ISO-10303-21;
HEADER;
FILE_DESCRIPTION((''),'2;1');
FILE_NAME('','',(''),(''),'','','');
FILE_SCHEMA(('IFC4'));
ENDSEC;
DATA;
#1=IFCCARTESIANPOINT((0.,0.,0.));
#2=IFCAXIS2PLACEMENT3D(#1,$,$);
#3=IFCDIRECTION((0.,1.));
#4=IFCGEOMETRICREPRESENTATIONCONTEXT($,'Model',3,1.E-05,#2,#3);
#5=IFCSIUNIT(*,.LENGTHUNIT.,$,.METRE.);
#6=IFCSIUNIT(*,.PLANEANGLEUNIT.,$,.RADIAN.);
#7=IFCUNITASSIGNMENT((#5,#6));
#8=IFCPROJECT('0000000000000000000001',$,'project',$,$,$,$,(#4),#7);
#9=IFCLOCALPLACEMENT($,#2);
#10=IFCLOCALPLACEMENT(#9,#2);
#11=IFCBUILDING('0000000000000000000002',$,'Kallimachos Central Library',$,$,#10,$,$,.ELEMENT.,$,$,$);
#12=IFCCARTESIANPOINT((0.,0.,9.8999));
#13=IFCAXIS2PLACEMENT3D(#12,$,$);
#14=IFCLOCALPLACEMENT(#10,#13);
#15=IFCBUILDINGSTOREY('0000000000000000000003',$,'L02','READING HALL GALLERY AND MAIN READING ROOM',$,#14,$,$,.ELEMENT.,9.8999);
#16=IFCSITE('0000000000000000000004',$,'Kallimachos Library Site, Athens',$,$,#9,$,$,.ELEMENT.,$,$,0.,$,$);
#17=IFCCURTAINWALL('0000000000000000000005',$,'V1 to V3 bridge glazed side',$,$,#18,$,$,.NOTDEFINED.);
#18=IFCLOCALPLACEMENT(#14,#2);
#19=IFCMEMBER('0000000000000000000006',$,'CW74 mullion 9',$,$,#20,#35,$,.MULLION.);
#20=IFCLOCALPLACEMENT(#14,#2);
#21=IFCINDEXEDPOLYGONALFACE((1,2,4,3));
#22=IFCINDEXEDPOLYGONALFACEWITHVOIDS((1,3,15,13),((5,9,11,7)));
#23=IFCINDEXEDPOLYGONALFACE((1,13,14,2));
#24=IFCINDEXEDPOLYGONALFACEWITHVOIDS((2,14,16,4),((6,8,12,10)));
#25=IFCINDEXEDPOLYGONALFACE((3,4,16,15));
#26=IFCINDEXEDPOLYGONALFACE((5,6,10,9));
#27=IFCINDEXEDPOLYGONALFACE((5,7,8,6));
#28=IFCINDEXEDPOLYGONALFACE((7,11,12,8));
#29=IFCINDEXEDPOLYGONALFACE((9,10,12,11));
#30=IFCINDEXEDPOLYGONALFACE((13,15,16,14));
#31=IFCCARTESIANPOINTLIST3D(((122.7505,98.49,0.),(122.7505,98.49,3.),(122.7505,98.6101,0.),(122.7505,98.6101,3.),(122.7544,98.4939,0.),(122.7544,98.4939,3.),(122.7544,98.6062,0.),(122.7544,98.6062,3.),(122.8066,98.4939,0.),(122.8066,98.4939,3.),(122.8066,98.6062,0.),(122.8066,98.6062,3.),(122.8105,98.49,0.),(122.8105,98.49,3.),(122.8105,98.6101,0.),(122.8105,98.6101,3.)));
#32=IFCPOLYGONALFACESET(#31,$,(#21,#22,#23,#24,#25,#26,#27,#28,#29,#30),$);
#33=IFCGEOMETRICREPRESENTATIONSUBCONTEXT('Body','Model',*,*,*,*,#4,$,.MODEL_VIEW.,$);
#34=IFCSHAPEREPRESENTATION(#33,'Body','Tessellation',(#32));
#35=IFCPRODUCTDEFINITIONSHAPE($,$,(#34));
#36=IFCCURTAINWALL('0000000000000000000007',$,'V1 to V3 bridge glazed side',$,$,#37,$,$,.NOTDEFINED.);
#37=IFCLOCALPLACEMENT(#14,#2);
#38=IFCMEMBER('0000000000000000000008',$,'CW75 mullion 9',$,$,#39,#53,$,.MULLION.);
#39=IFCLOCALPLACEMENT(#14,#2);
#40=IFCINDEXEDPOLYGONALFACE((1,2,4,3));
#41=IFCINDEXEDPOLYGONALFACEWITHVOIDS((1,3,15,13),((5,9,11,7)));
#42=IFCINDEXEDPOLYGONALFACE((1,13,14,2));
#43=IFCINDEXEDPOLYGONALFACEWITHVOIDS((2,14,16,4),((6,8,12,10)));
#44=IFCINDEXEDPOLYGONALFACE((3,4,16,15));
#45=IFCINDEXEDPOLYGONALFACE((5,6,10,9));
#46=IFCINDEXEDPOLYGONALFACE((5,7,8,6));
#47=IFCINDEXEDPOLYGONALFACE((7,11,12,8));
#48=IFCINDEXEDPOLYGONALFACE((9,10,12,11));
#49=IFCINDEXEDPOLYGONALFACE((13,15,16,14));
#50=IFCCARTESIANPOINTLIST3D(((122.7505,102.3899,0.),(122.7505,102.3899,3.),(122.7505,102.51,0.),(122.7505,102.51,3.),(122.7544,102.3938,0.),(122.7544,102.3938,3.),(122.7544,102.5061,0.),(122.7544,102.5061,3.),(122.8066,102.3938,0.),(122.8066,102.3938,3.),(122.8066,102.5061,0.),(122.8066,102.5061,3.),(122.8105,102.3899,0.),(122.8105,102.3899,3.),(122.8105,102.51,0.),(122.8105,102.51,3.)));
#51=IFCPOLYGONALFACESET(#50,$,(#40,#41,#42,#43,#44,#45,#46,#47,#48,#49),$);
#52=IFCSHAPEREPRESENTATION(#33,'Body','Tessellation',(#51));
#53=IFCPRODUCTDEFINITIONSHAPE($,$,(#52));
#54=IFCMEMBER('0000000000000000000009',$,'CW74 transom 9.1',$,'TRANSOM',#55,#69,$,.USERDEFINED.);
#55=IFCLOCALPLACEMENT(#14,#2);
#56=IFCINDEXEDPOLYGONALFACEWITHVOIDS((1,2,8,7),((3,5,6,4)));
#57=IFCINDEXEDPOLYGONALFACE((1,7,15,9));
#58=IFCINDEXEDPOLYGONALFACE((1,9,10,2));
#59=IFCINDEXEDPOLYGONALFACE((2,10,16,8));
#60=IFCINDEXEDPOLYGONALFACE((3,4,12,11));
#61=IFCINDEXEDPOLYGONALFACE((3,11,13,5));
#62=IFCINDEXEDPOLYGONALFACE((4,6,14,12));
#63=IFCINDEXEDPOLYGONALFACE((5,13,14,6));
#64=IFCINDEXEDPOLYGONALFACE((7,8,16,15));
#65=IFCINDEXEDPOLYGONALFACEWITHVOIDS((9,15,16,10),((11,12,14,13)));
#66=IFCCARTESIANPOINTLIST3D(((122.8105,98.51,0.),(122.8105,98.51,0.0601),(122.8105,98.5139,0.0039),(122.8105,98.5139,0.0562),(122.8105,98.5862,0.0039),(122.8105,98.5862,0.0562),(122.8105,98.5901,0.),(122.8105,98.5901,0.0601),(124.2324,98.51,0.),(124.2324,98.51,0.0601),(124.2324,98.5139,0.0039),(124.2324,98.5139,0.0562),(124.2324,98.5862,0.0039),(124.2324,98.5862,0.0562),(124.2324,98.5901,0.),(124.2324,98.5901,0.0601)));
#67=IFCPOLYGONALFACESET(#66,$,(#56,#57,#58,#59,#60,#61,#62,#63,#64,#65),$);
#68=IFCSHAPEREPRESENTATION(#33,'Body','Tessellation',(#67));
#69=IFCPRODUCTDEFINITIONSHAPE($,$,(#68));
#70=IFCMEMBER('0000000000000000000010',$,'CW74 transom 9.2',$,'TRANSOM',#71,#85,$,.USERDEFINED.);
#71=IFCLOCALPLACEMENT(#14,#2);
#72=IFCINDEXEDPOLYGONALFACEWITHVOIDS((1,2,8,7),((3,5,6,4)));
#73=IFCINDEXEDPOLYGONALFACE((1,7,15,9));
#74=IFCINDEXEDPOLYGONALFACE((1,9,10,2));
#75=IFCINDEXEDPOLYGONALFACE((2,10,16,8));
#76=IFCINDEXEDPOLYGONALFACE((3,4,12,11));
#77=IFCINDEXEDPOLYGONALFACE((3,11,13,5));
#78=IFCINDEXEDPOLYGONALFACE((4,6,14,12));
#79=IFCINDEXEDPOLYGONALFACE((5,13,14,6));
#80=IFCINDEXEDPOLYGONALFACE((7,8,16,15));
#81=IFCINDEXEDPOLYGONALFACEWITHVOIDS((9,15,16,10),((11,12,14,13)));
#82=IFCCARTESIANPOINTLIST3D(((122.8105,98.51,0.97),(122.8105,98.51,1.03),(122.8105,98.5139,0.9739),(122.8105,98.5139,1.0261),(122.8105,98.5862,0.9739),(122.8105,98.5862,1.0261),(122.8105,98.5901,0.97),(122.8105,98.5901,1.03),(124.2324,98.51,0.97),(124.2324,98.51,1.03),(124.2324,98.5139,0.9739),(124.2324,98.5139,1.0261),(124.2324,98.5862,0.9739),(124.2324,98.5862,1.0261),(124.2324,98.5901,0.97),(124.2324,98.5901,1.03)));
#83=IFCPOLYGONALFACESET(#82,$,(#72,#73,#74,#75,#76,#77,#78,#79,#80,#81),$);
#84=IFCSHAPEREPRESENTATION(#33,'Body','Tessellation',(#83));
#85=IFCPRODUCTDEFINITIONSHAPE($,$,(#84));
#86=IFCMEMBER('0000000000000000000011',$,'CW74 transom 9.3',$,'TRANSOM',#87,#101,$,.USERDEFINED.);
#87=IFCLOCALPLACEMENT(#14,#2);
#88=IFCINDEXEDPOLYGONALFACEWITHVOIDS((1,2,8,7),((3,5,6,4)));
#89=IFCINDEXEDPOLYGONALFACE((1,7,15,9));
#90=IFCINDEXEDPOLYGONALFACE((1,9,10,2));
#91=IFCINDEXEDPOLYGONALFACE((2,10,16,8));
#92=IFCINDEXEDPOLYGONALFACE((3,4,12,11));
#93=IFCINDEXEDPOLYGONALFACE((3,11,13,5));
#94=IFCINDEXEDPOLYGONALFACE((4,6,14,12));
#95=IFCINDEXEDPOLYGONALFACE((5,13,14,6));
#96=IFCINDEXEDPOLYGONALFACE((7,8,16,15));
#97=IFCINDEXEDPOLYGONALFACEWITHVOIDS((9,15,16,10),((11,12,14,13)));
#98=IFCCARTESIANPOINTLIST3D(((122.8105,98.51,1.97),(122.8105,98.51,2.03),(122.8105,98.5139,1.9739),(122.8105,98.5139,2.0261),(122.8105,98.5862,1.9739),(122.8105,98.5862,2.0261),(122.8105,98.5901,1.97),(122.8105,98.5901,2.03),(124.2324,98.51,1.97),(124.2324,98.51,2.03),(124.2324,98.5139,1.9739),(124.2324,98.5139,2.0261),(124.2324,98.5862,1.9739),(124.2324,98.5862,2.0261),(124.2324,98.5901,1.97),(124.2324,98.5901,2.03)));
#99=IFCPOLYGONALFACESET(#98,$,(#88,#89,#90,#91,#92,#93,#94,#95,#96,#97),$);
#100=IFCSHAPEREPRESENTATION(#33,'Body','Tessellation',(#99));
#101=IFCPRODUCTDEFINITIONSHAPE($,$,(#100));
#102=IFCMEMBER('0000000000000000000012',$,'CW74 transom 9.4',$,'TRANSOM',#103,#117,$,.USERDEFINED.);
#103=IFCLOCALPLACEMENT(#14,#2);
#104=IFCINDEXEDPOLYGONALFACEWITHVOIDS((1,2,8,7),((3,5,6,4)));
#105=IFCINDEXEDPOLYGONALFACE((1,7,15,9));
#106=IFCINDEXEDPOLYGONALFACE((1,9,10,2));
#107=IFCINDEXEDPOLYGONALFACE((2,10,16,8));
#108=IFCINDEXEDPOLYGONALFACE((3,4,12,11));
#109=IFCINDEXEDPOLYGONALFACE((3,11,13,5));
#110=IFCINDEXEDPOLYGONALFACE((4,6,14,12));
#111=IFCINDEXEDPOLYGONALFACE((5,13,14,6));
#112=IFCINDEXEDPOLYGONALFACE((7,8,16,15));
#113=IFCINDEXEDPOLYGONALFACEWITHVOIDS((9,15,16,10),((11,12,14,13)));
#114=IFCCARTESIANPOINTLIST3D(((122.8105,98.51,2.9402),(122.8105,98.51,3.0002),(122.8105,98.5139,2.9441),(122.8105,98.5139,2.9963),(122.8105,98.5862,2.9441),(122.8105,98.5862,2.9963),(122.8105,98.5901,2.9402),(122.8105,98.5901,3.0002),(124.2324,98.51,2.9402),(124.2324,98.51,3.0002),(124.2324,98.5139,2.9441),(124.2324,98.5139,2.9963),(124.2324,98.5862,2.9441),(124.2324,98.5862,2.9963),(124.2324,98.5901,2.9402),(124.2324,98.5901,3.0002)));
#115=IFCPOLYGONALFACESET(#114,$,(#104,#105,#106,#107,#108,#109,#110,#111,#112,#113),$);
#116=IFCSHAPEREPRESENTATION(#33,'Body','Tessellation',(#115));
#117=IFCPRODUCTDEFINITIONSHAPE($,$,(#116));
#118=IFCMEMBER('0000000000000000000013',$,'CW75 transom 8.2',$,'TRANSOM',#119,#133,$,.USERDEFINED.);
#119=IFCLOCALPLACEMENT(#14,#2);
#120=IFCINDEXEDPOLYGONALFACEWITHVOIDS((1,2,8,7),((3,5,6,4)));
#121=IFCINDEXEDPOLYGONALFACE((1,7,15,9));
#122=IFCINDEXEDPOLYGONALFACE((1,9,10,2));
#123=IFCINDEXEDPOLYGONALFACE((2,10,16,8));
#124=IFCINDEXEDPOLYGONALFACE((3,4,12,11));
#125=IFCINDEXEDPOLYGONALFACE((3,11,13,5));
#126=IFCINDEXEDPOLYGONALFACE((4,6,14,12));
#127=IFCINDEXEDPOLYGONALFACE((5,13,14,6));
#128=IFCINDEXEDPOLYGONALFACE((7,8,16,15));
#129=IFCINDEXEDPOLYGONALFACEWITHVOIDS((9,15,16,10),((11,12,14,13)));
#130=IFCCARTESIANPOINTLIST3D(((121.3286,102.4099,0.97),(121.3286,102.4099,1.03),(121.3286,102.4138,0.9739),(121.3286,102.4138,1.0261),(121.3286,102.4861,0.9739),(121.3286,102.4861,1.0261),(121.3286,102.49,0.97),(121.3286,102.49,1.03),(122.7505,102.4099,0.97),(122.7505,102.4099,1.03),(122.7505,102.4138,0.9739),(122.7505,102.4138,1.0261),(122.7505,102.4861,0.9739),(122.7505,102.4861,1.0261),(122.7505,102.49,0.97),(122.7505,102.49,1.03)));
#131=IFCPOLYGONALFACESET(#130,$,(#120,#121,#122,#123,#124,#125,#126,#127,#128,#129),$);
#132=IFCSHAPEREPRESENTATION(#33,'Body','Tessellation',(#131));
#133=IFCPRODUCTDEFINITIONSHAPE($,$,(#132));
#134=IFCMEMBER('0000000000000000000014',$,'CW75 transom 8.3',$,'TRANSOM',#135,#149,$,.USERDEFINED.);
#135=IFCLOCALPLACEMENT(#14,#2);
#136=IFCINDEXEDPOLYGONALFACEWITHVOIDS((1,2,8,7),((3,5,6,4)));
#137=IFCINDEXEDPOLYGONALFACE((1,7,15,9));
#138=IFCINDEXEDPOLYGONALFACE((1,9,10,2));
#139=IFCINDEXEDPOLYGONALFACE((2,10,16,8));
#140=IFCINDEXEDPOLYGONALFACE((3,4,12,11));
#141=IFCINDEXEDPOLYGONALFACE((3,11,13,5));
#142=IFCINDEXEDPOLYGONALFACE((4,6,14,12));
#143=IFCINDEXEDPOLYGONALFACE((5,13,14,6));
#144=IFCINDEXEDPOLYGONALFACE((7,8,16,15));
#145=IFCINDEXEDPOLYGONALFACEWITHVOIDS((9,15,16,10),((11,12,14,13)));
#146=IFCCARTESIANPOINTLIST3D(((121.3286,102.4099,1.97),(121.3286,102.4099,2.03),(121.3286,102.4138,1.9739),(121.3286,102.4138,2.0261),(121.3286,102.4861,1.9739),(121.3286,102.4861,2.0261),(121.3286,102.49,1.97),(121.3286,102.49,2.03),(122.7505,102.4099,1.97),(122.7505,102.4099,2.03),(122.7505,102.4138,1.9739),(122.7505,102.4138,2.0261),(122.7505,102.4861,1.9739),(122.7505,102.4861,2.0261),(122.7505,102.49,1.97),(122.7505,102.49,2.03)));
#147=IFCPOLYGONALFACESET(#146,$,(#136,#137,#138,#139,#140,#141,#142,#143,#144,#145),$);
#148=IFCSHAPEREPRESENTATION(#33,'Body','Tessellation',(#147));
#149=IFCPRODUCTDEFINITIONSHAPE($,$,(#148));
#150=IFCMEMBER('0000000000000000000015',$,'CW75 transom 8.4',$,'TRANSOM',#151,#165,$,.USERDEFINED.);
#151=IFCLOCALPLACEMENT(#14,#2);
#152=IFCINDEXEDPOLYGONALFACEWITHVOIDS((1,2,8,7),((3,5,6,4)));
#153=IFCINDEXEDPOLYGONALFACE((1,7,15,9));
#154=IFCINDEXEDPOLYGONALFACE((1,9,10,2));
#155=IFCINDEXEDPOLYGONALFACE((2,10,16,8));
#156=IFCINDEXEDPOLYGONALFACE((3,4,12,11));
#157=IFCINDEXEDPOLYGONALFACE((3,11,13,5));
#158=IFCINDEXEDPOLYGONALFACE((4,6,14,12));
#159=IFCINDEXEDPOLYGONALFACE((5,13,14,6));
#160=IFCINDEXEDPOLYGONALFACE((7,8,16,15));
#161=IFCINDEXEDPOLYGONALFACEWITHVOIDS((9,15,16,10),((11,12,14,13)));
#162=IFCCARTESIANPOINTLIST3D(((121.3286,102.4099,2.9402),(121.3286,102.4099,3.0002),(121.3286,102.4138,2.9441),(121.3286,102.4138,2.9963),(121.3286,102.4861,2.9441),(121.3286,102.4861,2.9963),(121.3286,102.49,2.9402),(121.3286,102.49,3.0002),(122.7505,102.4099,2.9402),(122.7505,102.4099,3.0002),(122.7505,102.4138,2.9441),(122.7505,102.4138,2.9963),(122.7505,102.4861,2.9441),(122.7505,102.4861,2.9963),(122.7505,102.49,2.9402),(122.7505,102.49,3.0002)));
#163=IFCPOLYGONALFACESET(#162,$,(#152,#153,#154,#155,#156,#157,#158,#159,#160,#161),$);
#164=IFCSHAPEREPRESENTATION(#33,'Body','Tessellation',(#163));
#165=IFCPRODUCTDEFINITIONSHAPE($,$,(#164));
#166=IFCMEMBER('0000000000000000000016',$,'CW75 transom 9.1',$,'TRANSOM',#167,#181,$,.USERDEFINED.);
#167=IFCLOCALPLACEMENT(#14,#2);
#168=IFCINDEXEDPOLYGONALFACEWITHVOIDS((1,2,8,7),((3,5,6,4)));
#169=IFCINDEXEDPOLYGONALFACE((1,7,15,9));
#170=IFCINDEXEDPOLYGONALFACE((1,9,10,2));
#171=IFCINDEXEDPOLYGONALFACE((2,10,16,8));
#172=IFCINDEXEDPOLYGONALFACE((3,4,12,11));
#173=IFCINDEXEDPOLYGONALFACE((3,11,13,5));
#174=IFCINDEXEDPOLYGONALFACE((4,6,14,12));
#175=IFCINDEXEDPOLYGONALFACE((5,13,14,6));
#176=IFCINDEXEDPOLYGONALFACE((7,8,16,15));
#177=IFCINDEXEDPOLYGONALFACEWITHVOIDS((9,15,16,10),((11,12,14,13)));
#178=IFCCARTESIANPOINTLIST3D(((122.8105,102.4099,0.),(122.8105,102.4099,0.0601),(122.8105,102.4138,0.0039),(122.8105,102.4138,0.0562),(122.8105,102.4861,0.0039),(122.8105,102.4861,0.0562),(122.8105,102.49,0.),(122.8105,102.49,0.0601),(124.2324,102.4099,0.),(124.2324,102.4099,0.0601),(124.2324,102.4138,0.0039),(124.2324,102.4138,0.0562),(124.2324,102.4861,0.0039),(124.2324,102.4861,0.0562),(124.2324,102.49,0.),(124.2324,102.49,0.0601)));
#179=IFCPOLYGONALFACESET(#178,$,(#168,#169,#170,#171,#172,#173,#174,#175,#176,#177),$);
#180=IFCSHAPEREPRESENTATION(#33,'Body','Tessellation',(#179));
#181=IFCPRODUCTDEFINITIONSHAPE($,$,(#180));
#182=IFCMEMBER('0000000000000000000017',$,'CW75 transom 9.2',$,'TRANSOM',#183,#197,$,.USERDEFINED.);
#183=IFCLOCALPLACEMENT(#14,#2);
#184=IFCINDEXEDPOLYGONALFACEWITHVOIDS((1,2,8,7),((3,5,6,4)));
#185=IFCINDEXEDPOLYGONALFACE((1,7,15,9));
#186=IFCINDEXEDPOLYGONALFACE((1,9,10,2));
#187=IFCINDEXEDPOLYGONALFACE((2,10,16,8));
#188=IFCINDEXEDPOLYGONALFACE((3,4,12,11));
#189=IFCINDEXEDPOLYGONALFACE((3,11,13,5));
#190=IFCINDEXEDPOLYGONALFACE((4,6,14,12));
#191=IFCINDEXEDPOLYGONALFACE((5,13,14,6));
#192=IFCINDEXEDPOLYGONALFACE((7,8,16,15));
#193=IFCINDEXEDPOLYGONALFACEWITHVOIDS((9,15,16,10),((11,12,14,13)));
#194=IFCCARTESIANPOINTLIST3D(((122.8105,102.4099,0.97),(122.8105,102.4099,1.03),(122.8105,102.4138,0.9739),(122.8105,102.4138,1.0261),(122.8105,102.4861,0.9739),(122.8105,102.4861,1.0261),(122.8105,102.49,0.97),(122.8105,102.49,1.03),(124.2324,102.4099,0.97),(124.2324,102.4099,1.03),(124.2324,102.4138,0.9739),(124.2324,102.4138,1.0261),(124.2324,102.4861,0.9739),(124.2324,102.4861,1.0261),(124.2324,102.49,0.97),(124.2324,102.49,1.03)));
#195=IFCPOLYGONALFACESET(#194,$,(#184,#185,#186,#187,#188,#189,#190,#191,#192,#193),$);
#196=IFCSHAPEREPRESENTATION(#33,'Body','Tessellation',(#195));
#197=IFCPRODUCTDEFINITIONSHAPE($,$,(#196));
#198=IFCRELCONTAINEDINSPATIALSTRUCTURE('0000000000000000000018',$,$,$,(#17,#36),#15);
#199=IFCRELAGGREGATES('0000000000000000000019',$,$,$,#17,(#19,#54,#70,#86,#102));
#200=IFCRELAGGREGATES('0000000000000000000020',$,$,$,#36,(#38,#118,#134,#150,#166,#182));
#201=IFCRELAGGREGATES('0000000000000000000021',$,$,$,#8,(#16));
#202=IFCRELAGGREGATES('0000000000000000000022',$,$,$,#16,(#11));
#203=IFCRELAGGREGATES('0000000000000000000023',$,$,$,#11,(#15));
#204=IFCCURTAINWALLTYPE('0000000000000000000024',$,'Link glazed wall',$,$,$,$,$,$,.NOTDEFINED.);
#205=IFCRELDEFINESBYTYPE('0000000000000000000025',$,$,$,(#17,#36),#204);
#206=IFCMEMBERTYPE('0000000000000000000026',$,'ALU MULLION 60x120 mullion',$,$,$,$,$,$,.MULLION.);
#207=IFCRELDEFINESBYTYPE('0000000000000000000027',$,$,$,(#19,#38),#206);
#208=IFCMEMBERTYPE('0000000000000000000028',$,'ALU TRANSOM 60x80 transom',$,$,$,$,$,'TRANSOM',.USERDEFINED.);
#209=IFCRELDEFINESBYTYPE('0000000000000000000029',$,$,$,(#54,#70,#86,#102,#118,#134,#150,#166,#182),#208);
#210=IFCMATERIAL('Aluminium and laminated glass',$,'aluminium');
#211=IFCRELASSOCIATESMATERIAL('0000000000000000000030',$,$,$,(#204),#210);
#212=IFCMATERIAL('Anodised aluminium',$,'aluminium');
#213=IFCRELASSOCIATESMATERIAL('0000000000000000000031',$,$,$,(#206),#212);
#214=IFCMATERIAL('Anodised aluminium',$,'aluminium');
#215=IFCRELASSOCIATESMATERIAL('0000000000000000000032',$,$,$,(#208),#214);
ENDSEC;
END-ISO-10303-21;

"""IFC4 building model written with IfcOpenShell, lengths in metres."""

from ifc_helpers import new_model, si_unit, direction, frame, origin, origin_2d, place, context, subcontext, project, spatial, hollow_rectangle, extrude, material, material_profile, profile_set, type_object, element, aggregate, save


model = new_model("IFC4")

# Units and contexts
model_context = context("Model", 3, precision=1e-05, world=origin(), true_north=direction((0.0, 1.0)))
body_context = subcontext(model_context, "Body", "Model", "MODEL_VIEW")
ifc_project = project(units=[si_unit("LENGTHUNIT", "METRE"), si_unit("PLANEANGLEUNIT", "RADIAN")], contexts=[model_context])

# Site, building, storey
site_placement = place(None, origin())
site = spatial("IfcSite", under=ifc_project, at=site_placement, Name="Kallimachos Library Site, Athens", CompositionType="ELEMENT", RefElevation=0.0)
building_placement = place(site_placement, origin())
building = spatial("IfcBuilding", under=site, at=building_placement, Name="Kallimachos Central Library", CompositionType="ELEMENT")
storey_placement = place(building_placement, frame((0.0, 0.0, 9.8999)))
storey = spatial("IfcBuildingStorey", under=building, at=storey_placement, Name="L02", Description="READING HALL GALLERY AND MAIN READING ROOM", CompositionType="ELEMENT", Elevation=9.8999)

# Curtain walls, members
ifc_material_1 = material(Name="Aluminium and laminated glass", Category="aluminium")
curtain_wall_type = type_object("IfcCurtainWallType", Name="Link glazed wall", PredefinedType="NOTDEFINED", material=ifc_material_1)
curtain_wall_1_placement = place(storey_placement, origin())
curtain_wall_1 = element("IfcCurtainWall", 1, at=curtain_wall_1_placement, inside=storey, type_object=curtain_wall_type, Name="V1 to V3 bridge glazed side", PredefinedType="NOTDEFINED")
ifc_material_2 = material(Name="Anodised aluminium", Category="aluminium")
ifc_material_profile_1 = material_profile(ifc_material_2, hollow_rectangle(XDim=0.0601, YDim=0.1201, WallThickness=0.0039, at=origin_2d()), Name="ALU MULLION 60x120")
ifc_profile_set_1 = profile_set([ifc_material_profile_1], Name="Anodised aluminium")
member_type_1 = type_object("IfcMemberType", Name="ALU MULLION 60x120 mullion", PredefinedType="MULLION", material=ifc_profile_set_1)
member_1_placement = place(storey_placement, frame((122.7805, 98.55, 0.0), z_axis=(0.0, 0.0, 1.0), x_axis=(1.0, 0.0, 0.0)))
member_1 = element("IfcMember", 2, at=member_1_placement, type_object=member_type_1, Name="CW74 mullion 9", PredefinedType="MULLION", context=body_context, shape_type="SweptSolid", body=[
    extrude(hollow_rectangle(XDim=0.0601, YDim=0.1201, WallThickness=0.0039, at=origin_2d()), origin(), (0.0, 0.0, 1.0), 3.0),
])
curtain_wall_2_placement = place(storey_placement, origin())
curtain_wall_2 = element("IfcCurtainWall", 3, at=curtain_wall_2_placement, inside=storey, type_object=curtain_wall_type, Name="V1 to V3 bridge glazed side", PredefinedType="NOTDEFINED")
member_2_placement = place(storey_placement, frame((122.7805, 102.45, 0.0), z_axis=(0.0, 0.0, 1.0), x_axis=(1.0, 0.0, 0.0)))
member_2 = element("IfcMember", 4, at=member_2_placement, type_object=member_type_1, Name="CW75 mullion 9", PredefinedType="MULLION", context=body_context, shape_type="SweptSolid", body=[
    extrude(hollow_rectangle(XDim=0.0601, YDim=0.1201, WallThickness=0.0039, at=origin_2d()), origin(), (0.0, 0.0, 1.0), 3.0),
])

# Members
ifc_material_3 = material(Name="Anodised aluminium", Category="aluminium")
ifc_material_profile_2 = material_profile(ifc_material_3, hollow_rectangle(XDim=0.0601, YDim=0.0801, WallThickness=0.0039, at=origin_2d()), Name="ALU TRANSOM 60x80")
ifc_profile_set_2 = profile_set([ifc_material_profile_2], Name="Anodised aluminium")
member_type_2 = type_object("IfcMemberType", Name="ALU TRANSOM 60x80 transom", ElementType="TRANSOM", PredefinedType="USERDEFINED", material=ifc_profile_set_2)
member_3_placement = place(storey_placement, frame((122.8105, 98.55, 0.03), z_axis=(1.0, 0.0, 0.0), x_axis=(0.0, 0.0, 1.0)))
member_3 = element("IfcMember", 5, at=member_3_placement, type_object=member_type_2, Name="CW74 transom 9.1", ObjectType="TRANSOM", PredefinedType="USERDEFINED", context=body_context, shape_type="SweptSolid", body=[
    extrude(hollow_rectangle(XDim=0.0601, YDim=0.0801, WallThickness=0.0039, at=origin_2d()), origin(), (0.0, 0.0, 1.0), 1.4219),
])
member_4_placement = place(storey_placement, frame((122.8105, 98.55, 1.0), z_axis=(1.0, 0.0, 0.0), x_axis=(0.0, 0.0, 1.0)))
member_4 = element("IfcMember", 6, at=member_4_placement, type_object=member_type_2, Name="CW74 transom 9.2", ObjectType="TRANSOM", PredefinedType="USERDEFINED", context=body_context, shape_type="SweptSolid", body=[
    extrude(hollow_rectangle(XDim=0.0601, YDim=0.0801, WallThickness=0.0039, at=origin_2d()), origin(), (0.0, 0.0, 1.0), 1.4219),
])
member_5_placement = place(storey_placement, frame((122.8105, 98.55, 2.0), z_axis=(1.0, 0.0, 0.0), x_axis=(0.0, 0.0, 1.0)))
member_5 = element("IfcMember", 7, at=member_5_placement, type_object=member_type_2, Name="CW74 transom 9.3", ObjectType="TRANSOM", PredefinedType="USERDEFINED", context=body_context, shape_type="SweptSolid", body=[
    extrude(hollow_rectangle(XDim=0.0601, YDim=0.0801, WallThickness=0.0039, at=origin_2d()), origin(), (0.0, 0.0, 1.0), 1.4219),
])
member_6_placement = place(storey_placement, frame((122.8105, 98.55, 2.9702), z_axis=(1.0, 0.0, 0.0), x_axis=(0.0, 0.0, 1.0)))
member_6 = element("IfcMember", 8, at=member_6_placement, type_object=member_type_2, Name="CW74 transom 9.4", ObjectType="TRANSOM", PredefinedType="USERDEFINED", context=body_context, shape_type="SweptSolid", body=[
    extrude(hollow_rectangle(XDim=0.0601, YDim=0.0801, WallThickness=0.0039, at=origin_2d()), origin(), (0.0, 0.0, 1.0), 1.4219),
])
member_7_placement = place(storey_placement, frame((121.3286, 102.45, 1.0), z_axis=(1.0, 0.0, 0.0), x_axis=(0.0, 0.0, 1.0)))
member_7 = element("IfcMember", 9, at=member_7_placement, type_object=member_type_2, Name="CW75 transom 8.2", ObjectType="TRANSOM", PredefinedType="USERDEFINED", context=body_context, shape_type="SweptSolid", body=[
    extrude(hollow_rectangle(XDim=0.0601, YDim=0.0801, WallThickness=0.0039, at=origin_2d()), origin(), (0.0, 0.0, 1.0), 1.4219),
])
member_8_placement = place(storey_placement, frame((121.3286, 102.45, 2.0), z_axis=(1.0, 0.0, 0.0), x_axis=(0.0, 0.0, 1.0)))
member_8 = element("IfcMember", 10, at=member_8_placement, type_object=member_type_2, Name="CW75 transom 8.3", ObjectType="TRANSOM", PredefinedType="USERDEFINED", context=body_context, shape_type="SweptSolid", body=[
    extrude(hollow_rectangle(XDim=0.0601, YDim=0.0801, WallThickness=0.0039, at=origin_2d()), origin(), (0.0, 0.0, 1.0), 1.4219),
])
member_9_placement = place(storey_placement, frame((121.3286, 102.45, 2.9702), z_axis=(1.0, 0.0, 0.0), x_axis=(0.0, 0.0, 1.0)))
member_9 = element("IfcMember", 11, at=member_9_placement, type_object=member_type_2, Name="CW75 transom 8.4", ObjectType="TRANSOM", PredefinedType="USERDEFINED", context=body_context, shape_type="SweptSolid", body=[
    extrude(hollow_rectangle(XDim=0.0601, YDim=0.0801, WallThickness=0.0039, at=origin_2d()), origin(), (0.0, 0.0, 1.0), 1.4219),
])
member_10_placement = place(storey_placement, frame((122.8105, 102.45, 0.03), z_axis=(1.0, 0.0, 0.0), x_axis=(0.0, 0.0, 1.0)))
member_10 = element("IfcMember", 12, at=member_10_placement, type_object=member_type_2, Name="CW75 transom 9.1", ObjectType="TRANSOM", PredefinedType="USERDEFINED", context=body_context, shape_type="SweptSolid", body=[
    extrude(hollow_rectangle(XDim=0.0601, YDim=0.0801, WallThickness=0.0039, at=origin_2d()), origin(), (0.0, 0.0, 1.0), 1.4219),
])
member_11_placement = place(storey_placement, frame((122.8105, 102.45, 1.0), z_axis=(1.0, 0.0, 0.0), x_axis=(0.0, 0.0, 1.0)))
member_11 = element("IfcMember", 13, at=member_11_placement, type_object=member_type_2, Name="CW75 transom 9.2", ObjectType="TRANSOM", PredefinedType="USERDEFINED", context=body_context, shape_type="SweptSolid", body=[
    extrude(hollow_rectangle(XDim=0.0601, YDim=0.0801, WallThickness=0.0039, at=origin_2d()), origin(), (0.0, 0.0, 1.0), 1.4219),
])

aggregate(curtain_wall_1, [member_1, member_3, member_4, member_5, member_6])
aggregate(curtain_wall_2, [member_2, member_7, member_8, member_9, member_10, member_11])

save(model, "model.ifc")
